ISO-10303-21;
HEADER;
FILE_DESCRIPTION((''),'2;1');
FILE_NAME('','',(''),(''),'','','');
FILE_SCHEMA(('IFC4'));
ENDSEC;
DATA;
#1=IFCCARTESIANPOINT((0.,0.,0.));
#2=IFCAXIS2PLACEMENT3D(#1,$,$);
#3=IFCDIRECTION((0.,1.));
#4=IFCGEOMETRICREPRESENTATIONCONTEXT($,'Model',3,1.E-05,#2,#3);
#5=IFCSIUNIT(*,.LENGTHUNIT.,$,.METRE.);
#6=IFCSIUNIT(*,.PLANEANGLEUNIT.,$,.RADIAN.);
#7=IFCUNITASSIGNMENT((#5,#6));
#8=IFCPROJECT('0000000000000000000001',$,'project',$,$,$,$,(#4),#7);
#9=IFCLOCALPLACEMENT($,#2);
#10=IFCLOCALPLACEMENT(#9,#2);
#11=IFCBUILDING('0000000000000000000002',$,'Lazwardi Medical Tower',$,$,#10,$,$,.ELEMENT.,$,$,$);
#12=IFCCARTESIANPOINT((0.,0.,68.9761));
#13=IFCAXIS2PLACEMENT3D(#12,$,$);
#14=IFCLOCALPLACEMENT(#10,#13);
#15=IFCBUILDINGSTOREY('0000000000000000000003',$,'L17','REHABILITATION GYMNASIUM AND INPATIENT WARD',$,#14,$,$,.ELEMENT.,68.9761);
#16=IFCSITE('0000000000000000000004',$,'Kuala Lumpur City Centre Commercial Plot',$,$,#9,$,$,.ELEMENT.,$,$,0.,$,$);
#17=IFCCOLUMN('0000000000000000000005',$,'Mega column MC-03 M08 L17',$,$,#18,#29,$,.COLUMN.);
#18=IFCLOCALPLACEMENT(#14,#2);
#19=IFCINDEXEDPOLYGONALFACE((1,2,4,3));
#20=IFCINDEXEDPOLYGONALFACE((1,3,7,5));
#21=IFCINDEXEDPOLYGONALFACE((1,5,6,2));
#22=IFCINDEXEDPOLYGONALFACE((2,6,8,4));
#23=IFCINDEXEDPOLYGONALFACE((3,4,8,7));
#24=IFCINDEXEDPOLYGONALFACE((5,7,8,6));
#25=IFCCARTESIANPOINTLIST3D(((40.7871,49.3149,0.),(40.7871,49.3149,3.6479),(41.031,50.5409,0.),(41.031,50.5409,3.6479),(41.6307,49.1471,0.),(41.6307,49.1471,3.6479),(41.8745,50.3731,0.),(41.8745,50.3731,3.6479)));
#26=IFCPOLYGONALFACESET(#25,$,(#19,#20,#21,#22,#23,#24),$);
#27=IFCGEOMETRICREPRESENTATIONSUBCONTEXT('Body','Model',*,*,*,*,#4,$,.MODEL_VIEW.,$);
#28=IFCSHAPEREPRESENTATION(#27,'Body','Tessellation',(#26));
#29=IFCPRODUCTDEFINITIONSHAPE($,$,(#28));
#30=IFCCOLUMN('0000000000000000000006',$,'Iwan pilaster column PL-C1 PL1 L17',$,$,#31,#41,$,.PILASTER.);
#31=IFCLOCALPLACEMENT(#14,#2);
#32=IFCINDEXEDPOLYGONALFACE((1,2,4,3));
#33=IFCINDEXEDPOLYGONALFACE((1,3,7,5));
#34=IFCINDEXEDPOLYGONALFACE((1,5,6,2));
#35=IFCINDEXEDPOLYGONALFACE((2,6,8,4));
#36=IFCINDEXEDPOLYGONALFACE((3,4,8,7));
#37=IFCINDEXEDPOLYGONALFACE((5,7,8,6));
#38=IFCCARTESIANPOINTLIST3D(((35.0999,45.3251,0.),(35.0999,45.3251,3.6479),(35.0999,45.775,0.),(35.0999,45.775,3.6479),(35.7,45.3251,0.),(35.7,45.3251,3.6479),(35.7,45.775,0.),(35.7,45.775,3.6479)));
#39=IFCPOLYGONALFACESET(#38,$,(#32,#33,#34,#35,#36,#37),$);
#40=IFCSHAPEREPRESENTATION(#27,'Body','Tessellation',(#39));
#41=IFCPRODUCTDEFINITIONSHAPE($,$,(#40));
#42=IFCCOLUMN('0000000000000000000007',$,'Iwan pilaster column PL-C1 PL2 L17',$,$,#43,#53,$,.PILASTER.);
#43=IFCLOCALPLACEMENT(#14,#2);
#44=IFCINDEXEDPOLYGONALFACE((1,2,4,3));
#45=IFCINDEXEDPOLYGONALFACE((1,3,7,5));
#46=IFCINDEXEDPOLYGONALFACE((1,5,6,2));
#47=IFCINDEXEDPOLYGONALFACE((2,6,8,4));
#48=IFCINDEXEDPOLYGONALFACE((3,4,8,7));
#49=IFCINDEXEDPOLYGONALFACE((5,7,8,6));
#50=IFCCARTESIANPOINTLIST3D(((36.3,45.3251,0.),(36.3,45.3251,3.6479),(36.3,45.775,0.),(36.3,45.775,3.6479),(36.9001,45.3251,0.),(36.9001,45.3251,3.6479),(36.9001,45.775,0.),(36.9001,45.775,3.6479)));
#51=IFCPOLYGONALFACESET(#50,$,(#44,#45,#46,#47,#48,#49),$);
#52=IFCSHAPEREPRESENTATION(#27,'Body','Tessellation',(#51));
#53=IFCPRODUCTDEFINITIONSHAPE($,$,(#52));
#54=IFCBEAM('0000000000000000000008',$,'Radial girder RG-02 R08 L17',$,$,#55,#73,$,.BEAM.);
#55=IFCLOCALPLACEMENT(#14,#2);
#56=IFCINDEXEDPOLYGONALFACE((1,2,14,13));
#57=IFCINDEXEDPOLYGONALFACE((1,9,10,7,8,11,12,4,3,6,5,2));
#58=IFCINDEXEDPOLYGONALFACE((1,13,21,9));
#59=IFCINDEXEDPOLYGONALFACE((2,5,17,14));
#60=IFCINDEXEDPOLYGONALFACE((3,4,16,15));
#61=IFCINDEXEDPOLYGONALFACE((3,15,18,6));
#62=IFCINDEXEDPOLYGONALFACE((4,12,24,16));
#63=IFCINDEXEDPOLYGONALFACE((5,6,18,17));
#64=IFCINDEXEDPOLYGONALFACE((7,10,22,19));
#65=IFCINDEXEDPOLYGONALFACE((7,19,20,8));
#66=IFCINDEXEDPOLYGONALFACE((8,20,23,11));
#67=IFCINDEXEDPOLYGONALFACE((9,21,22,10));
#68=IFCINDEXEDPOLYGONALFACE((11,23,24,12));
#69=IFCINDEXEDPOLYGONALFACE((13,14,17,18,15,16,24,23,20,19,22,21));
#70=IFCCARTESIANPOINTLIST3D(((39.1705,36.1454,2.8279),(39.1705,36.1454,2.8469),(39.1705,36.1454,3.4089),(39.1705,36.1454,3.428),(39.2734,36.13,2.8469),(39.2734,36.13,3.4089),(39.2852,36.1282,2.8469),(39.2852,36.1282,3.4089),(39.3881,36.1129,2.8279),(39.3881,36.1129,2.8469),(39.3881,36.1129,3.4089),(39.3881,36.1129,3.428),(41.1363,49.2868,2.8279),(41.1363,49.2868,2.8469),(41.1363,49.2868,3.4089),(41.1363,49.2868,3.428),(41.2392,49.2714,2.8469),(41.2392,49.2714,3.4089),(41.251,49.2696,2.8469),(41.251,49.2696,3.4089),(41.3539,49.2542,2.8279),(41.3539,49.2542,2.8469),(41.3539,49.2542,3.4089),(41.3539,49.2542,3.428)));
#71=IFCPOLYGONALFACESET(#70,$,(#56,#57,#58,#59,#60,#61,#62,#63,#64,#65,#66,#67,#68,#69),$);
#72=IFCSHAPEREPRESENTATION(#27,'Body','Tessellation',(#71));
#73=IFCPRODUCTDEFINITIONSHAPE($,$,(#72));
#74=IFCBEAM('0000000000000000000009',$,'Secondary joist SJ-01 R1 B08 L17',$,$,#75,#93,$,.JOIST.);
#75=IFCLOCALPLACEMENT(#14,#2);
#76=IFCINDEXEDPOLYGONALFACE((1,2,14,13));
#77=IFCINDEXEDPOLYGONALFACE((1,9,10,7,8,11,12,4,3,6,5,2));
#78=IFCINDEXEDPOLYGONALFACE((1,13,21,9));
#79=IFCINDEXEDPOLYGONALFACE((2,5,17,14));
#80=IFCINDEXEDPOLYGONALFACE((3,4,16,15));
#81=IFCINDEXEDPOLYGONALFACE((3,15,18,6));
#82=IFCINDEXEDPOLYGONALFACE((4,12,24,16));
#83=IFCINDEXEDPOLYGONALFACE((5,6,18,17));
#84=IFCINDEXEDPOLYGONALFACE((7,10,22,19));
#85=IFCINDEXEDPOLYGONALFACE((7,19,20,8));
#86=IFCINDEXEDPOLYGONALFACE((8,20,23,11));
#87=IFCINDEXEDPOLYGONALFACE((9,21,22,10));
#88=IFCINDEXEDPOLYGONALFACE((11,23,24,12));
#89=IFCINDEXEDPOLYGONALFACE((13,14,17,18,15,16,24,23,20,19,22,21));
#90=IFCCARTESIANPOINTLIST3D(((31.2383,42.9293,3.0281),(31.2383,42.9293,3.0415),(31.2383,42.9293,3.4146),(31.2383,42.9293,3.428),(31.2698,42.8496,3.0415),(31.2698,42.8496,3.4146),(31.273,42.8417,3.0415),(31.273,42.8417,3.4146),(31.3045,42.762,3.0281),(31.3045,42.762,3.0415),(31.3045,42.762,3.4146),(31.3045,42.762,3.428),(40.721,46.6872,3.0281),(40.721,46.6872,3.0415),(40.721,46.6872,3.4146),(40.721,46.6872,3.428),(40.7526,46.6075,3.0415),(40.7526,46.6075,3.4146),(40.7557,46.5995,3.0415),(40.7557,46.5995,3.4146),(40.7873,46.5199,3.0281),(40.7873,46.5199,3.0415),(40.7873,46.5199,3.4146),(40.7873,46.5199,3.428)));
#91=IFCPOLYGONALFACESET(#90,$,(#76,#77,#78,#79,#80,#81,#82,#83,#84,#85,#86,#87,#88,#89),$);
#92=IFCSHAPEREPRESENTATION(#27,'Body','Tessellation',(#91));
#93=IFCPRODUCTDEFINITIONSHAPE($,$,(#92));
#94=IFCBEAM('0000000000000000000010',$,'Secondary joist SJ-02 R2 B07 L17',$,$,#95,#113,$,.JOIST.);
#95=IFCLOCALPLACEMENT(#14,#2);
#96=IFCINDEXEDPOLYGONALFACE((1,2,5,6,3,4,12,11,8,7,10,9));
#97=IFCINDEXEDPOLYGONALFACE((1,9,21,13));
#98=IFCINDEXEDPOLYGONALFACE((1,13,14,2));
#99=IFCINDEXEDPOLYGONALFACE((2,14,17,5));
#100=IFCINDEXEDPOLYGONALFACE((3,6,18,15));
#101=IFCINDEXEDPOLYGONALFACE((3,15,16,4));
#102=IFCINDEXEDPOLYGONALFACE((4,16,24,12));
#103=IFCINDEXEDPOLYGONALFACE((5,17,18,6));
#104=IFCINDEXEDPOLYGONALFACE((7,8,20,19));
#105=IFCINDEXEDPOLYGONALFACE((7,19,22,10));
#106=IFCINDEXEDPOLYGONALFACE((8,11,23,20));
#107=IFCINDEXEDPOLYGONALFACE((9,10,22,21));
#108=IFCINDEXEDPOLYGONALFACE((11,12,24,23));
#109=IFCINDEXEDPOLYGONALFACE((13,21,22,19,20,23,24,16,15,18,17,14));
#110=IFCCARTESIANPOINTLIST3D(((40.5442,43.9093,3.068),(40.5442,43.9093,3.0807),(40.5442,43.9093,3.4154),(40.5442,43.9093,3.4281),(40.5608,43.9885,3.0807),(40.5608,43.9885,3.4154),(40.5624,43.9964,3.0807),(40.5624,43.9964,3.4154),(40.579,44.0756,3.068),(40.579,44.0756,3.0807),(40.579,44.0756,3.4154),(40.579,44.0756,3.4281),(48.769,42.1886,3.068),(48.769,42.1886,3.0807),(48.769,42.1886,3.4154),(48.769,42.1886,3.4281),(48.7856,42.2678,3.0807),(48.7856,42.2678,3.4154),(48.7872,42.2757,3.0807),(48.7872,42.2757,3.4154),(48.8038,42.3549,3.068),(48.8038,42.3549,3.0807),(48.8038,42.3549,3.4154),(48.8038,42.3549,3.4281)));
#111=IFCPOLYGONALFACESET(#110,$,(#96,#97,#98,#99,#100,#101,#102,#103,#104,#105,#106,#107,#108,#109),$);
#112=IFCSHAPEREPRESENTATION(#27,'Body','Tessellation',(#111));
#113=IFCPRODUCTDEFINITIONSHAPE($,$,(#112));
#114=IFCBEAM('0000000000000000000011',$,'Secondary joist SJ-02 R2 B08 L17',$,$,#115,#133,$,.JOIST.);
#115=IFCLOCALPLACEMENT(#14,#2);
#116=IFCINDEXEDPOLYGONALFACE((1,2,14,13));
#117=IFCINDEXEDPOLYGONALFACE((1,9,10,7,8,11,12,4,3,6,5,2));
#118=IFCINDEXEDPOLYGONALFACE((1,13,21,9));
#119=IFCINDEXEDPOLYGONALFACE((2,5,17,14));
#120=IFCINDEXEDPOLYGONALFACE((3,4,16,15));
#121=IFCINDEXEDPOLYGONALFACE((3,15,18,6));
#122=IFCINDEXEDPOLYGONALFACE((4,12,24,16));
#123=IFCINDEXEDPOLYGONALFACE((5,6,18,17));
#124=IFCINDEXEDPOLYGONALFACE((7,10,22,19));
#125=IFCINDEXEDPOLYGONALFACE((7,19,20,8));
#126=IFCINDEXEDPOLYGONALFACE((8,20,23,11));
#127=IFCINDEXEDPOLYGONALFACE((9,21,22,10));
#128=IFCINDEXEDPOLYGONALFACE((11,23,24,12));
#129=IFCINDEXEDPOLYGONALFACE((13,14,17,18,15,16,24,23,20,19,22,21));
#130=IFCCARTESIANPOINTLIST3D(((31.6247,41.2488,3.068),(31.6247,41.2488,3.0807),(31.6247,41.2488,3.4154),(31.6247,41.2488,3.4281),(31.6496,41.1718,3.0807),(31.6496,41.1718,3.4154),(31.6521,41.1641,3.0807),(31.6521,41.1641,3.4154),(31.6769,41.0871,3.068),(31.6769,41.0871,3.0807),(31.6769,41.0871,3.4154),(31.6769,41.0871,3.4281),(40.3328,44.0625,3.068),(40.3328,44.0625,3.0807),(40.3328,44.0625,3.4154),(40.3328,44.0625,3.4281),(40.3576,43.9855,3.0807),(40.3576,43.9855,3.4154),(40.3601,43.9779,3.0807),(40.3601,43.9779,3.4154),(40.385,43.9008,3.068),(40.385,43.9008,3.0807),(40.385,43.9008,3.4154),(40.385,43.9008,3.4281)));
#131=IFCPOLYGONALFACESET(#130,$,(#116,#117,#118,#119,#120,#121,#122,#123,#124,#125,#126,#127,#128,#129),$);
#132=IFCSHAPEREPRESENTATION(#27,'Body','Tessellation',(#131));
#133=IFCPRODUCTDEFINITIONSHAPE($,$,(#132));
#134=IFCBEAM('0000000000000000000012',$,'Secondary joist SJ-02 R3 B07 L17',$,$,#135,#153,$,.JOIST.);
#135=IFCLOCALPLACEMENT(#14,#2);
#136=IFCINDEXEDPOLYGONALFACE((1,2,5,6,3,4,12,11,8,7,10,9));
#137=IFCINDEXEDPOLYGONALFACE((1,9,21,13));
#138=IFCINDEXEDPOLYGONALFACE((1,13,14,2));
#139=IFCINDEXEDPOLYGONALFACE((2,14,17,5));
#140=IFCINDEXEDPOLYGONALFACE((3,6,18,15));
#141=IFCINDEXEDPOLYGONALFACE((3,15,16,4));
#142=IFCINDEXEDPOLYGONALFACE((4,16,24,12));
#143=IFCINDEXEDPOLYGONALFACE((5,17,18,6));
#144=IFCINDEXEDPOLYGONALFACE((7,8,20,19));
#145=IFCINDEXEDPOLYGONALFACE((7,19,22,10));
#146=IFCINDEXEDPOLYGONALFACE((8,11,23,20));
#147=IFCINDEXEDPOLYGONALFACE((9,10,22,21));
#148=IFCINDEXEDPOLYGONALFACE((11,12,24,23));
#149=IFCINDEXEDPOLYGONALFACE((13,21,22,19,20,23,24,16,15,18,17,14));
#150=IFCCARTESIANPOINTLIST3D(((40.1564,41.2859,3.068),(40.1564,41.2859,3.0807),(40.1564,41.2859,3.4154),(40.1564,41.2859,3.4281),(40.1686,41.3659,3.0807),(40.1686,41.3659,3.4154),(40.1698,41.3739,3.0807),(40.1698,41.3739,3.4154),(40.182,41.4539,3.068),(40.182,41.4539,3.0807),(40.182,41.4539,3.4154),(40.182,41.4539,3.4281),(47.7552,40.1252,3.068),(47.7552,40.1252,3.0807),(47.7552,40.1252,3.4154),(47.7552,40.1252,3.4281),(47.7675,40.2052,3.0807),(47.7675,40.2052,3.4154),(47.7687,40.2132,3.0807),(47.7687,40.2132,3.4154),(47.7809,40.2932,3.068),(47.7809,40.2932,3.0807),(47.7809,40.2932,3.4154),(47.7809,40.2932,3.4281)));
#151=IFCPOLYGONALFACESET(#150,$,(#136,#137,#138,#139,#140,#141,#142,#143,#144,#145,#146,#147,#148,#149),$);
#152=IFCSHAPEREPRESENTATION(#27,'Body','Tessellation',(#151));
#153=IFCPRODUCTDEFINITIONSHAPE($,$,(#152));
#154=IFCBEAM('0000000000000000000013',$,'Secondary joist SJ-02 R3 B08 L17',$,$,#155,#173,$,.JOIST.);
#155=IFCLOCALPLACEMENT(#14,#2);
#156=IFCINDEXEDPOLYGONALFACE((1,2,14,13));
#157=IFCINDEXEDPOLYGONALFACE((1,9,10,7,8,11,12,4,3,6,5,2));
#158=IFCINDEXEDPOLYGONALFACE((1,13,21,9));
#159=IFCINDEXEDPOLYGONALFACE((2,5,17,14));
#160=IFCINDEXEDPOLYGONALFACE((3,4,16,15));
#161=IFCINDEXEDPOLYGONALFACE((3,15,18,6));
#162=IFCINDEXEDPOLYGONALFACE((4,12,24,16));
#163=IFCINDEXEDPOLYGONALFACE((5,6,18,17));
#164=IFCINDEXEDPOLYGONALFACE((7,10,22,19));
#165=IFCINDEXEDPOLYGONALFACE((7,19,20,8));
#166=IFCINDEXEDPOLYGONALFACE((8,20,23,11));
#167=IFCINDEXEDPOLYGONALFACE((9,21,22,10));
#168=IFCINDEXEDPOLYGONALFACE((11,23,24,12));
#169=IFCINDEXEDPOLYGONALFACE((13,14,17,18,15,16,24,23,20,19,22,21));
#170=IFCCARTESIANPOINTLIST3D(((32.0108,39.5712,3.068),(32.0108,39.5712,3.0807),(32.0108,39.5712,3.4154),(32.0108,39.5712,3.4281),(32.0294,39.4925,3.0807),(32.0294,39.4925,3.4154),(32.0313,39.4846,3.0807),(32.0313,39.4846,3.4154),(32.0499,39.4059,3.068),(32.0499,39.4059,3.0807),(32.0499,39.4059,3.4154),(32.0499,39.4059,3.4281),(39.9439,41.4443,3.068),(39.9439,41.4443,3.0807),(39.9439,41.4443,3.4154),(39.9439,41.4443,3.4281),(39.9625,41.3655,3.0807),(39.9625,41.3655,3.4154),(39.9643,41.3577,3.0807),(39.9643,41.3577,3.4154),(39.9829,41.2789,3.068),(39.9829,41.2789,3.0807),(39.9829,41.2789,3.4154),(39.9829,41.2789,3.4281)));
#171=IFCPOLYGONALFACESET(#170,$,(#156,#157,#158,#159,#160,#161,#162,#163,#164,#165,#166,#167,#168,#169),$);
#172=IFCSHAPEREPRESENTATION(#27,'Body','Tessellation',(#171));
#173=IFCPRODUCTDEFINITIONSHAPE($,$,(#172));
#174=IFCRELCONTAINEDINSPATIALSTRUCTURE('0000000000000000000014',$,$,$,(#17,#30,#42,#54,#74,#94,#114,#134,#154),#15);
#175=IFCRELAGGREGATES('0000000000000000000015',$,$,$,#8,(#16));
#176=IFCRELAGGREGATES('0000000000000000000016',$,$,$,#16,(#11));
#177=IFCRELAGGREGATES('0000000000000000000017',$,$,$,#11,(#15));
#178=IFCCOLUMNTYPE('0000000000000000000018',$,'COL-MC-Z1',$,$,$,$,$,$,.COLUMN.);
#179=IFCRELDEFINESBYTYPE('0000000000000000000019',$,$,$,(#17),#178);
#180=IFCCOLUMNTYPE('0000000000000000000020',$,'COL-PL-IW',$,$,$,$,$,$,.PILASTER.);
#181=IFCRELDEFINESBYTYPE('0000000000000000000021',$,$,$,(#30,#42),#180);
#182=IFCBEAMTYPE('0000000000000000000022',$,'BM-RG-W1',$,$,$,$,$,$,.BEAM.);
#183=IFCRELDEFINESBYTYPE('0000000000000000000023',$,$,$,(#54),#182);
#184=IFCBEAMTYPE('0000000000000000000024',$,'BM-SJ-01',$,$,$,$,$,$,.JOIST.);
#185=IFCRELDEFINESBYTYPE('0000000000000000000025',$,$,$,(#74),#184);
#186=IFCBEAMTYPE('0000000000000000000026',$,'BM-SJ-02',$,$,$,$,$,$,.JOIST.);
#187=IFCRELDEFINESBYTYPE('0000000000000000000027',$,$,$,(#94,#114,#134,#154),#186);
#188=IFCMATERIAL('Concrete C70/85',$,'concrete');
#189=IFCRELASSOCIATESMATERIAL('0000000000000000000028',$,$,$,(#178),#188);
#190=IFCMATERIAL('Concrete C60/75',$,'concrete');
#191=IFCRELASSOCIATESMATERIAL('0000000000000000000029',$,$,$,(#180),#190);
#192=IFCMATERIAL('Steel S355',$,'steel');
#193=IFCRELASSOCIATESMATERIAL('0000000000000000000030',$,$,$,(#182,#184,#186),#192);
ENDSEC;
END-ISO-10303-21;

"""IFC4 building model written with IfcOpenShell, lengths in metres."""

from ifc_helpers import new_model, si_unit, direction, frame, origin, origin_2d, place, context, subcontext, project, spatial, rectangle, i_section, extrude, material, material_profile, profile_set, type_object, element, save


model = new_model("IFC4")

# Units and contexts
model_context = context("Model", 3, precision=1e-05, world=origin(), true_north=direction((0.0, 1.0)))
body_context = subcontext(model_context, "Body", "Model", "MODEL_VIEW")
ifc_project = project(units=[si_unit("LENGTHUNIT", "METRE"), si_unit("PLANEANGLEUNIT", "RADIAN")], contexts=[model_context])

# Site, building, storey
site_placement = place(None, origin())
site = spatial("IfcSite", under=ifc_project, at=site_placement, Name="Kuala Lumpur City Centre Commercial Plot", CompositionType="ELEMENT", RefElevation=0.0)
building_placement = place(site_placement, origin())
building = spatial("IfcBuilding", under=site, at=building_placement, Name="Lazwardi Medical Tower", CompositionType="ELEMENT")
storey_placement = place(building_placement, frame((0.0, 0.0, 68.9761)))
storey = spatial("IfcBuildingStorey", under=building, at=storey_placement, Name="L17", Description="REHABILITATION GYMNASIUM AND INPATIENT WARD", CompositionType="ELEMENT", Elevation=68.9761)

# Columns
ifc_material_1 = material(Name="Concrete C70/85", Category="concrete")
ifc_material_profile_1 = material_profile(ifc_material_1, rectangle(XDim=1.25, YDim=0.8601, at=origin_2d()), Name="CFT-RECT 1250x860")
ifc_profile_set_1 = profile_set([ifc_material_profile_1], Name="Concrete C70/85")
column_type_1 = type_object("IfcColumnType", Name="COL-MC-Z1", PredefinedType="COLUMN", material=ifc_profile_set_1)
column_placement = place(storey_placement, frame((41.3308, 49.844, 0.0), z_axis=(0.0, 0.0, 1.0), x_axis=(0.19509, 0.980785, 0.0)))
element("IfcColumn", 1, at=column_placement, inside=storey, type_object=column_type_1, Name="Mega column MC-03 M08 L17", PredefinedType="COLUMN", context=body_context, shape_type="SweptSolid", body=[
    extrude(rectangle(XDim=1.25, YDim=0.8601, at=origin_2d()), origin(), (0.0, 0.0, 1.0), 3.6479),
])
ifc_material_2 = material(Name="Concrete C60/75", Category="concrete")
ifc_material_profile_2 = material_profile(ifc_material_2, rectangle(XDim=0.6001, YDim=0.45, at=origin_2d()), Name="RC 600x450")
ifc_profile_set_2 = profile_set([ifc_material_profile_2], Name="Concrete C60/75")
column_type_2 = type_object("IfcColumnType", Name="COL-PL-IW", PredefinedType="PILASTER", material=ifc_profile_set_2)
for number, where, z_axis, x_axis, name in (
    (2, (35.3999, 45.55, 0.0), (0.0, 0.0, 1.0), (1.0, 0.0, 0.0), "Iwan pilaster column PL-C1 PL1 L17"),
    (3, (36.6001, 45.55, 0.0), (0.0, 0.0, 1.0), (1.0, 0.0, 0.0), "Iwan pilaster column PL-C1 PL2 L17"),
):
    element("IfcColumn", number, at=place(storey_placement, frame(where, z_axis=z_axis, x_axis=x_axis)), inside=storey, type_object=column_type_2, Name=name, PredefinedType="PILASTER", context=body_context, shape_type="SweptSolid", body=[
        extrude(rectangle(XDim=0.6001, YDim=0.45, at=origin_2d()), origin(), (0.0, 0.0, 1.0), 3.6479),
    ])

# Beams
ifc_material_3 = material(Name="Steel S355", Category="steel")
ifc_material_profile_3 = material_profile(ifc_material_3, i_section(OverallWidth=0.22, OverallDepth=0.6001, WebThickness=0.012, FlangeThickness=0.019, at=origin_2d()), Name="IPE 600")
ifc_profile_set_3 = profile_set([ifc_material_profile_3], Name="Steel S355")
beam_type_1 = type_object("IfcBeamType", Name="BM-RG-W1", PredefinedType="BEAM", material=ifc_profile_set_3)
beam_1_placement = place(storey_placement, frame((41.2451, 49.2705, 3.1279), z_axis=(-0.147944, -0.988996, 0.0), x_axis=(0.988996, -0.147944, 0.0)))
element("IfcBeam", 4, at=beam_1_placement, inside=storey, type_object=beam_type_1, Name="Radial girder RG-02 R08 L17", PredefinedType="BEAM", context=body_context, shape_type="SweptSolid", body=[
    extrude(i_section(OverallWidth=0.22, OverallDepth=0.6001, WebThickness=0.012, FlangeThickness=0.019, at=origin_2d()), origin(), (0.0, 0.0, 1.0), 13.2876),
])
ifc_material_profile_4 = material_profile(ifc_material_3, i_section(OverallWidth=0.1799, OverallDepth=0.3999, WebThickness=0.0085, FlangeThickness=0.0134, at=origin_2d()), Name="IPE 400")
ifc_profile_set_4 = profile_set([ifc_material_profile_4], Name="Steel S355")
beam_type_2 = type_object("IfcBeamType", Name="BM-SJ-01", PredefinedType="JOIST", material=ifc_profile_set_4)
beam_2_placement = place(storey_placement, frame((40.7542, 46.6035, 3.228), z_axis=(-0.929664, -0.368409, 0.0), x_axis=(0.368409, -0.929664, 0.0)))
element("IfcBeam", 5, at=beam_2_placement, inside=storey, type_object=beam_type_2, Name="Secondary joist SJ-01 R1 B08 L17", PredefinedType="JOIST", context=body_context, shape_type="SweptSolid", body=[
    extrude(i_section(OverallWidth=0.1799, OverallDepth=0.3999, WebThickness=0.0085, FlangeThickness=0.0134, at=origin_2d()), origin(), (0.0, 0.0, 1.0), 10.2002),
])
ifc_material_profile_5 = material_profile(ifc_material_3, i_section(OverallWidth=0.1699, OverallDepth=0.3601, WebThickness=0.0081, FlangeThickness=0.0127, at=origin_2d()), Name="IPE 360")
ifc_profile_set_5 = profile_set([ifc_material_profile_5], Name="Steel S355")
beam_type_3 = type_object("IfcBeamType", Name="BM-SJ-02", PredefinedType="JOIST", material=ifc_profile_set_5)
beam_3_placement = place(storey_placement, frame((48.7864, 42.2717, 3.248), z_axis=(-0.978809, 0.204774, 0.0), x_axis=(-0.204774, -0.978809, 0.0)))
element("IfcBeam", 6, at=beam_3_placement, inside=storey, type_object=beam_type_3, Name="Secondary joist SJ-02 R2 B07 L17", PredefinedType="JOIST", context=body_context, shape_type="SweptSolid", body=[
    extrude(i_section(OverallWidth=0.1699, OverallDepth=0.3601, WebThickness=0.0081, FlangeThickness=0.0127, at=origin_2d()), origin(), (0.0, 0.0, 1.0), 8.4028),
])
beam_4_placement = place(storey_placement, frame((40.3589, 43.9817, 3.248), z_axis=(-0.951559, -0.307467, 0.0), x_axis=(0.307467, -0.951559, 0.0)))
element("IfcBeam", 7, at=beam_4_placement, inside=storey, type_object=beam_type_3, Name="Secondary joist SJ-02 R2 B08 L17", PredefinedType="JOIST", context=body_context, shape_type="SweptSolid", body=[
    extrude(i_section(OverallWidth=0.1699, OverallDepth=0.3601, WebThickness=0.0081, FlangeThickness=0.0127, at=origin_2d()), origin(), (0.0, 0.0, 1.0), 9.1514),
])
beam_5_placement = place(storey_placement, frame((47.7681, 40.2092, 3.248), z_axis=(-0.988536, 0.150988, 0.0), x_axis=(-0.150988, -0.988536, 0.0)))
element("IfcBeam", 8, at=beam_5_placement, inside=storey, type_object=beam_type_3, Name="Secondary joist SJ-02 R3 B07 L17", PredefinedType="JOIST", context=body_context, shape_type="SweptSolid", body=[
    extrude(i_section(OverallWidth=0.1699, OverallDepth=0.3601, WebThickness=0.0081, FlangeThickness=0.0127, at=origin_2d()), origin(), (0.0, 0.0, 1.0), 7.687),
])
beam_6_placement = place(storey_placement, frame((39.9634, 41.3616, 3.248), z_axis=(-0.973241, -0.229787, 0.0), x_axis=(0.229787, -0.973241, 0.0)))
element("IfcBeam", 9, at=beam_6_placement, inside=storey, type_object=beam_type_3, Name="Secondary joist SJ-02 R3 B08 L17", PredefinedType="JOIST", context=body_context, shape_type="SweptSolid", body=[
    extrude(i_section(OverallWidth=0.1699, OverallDepth=0.3601, WebThickness=0.0081, FlangeThickness=0.0127, at=origin_2d()), origin(), (0.0, 0.0, 1.0), 8.1511),
])

save(model, "model.ifc")
